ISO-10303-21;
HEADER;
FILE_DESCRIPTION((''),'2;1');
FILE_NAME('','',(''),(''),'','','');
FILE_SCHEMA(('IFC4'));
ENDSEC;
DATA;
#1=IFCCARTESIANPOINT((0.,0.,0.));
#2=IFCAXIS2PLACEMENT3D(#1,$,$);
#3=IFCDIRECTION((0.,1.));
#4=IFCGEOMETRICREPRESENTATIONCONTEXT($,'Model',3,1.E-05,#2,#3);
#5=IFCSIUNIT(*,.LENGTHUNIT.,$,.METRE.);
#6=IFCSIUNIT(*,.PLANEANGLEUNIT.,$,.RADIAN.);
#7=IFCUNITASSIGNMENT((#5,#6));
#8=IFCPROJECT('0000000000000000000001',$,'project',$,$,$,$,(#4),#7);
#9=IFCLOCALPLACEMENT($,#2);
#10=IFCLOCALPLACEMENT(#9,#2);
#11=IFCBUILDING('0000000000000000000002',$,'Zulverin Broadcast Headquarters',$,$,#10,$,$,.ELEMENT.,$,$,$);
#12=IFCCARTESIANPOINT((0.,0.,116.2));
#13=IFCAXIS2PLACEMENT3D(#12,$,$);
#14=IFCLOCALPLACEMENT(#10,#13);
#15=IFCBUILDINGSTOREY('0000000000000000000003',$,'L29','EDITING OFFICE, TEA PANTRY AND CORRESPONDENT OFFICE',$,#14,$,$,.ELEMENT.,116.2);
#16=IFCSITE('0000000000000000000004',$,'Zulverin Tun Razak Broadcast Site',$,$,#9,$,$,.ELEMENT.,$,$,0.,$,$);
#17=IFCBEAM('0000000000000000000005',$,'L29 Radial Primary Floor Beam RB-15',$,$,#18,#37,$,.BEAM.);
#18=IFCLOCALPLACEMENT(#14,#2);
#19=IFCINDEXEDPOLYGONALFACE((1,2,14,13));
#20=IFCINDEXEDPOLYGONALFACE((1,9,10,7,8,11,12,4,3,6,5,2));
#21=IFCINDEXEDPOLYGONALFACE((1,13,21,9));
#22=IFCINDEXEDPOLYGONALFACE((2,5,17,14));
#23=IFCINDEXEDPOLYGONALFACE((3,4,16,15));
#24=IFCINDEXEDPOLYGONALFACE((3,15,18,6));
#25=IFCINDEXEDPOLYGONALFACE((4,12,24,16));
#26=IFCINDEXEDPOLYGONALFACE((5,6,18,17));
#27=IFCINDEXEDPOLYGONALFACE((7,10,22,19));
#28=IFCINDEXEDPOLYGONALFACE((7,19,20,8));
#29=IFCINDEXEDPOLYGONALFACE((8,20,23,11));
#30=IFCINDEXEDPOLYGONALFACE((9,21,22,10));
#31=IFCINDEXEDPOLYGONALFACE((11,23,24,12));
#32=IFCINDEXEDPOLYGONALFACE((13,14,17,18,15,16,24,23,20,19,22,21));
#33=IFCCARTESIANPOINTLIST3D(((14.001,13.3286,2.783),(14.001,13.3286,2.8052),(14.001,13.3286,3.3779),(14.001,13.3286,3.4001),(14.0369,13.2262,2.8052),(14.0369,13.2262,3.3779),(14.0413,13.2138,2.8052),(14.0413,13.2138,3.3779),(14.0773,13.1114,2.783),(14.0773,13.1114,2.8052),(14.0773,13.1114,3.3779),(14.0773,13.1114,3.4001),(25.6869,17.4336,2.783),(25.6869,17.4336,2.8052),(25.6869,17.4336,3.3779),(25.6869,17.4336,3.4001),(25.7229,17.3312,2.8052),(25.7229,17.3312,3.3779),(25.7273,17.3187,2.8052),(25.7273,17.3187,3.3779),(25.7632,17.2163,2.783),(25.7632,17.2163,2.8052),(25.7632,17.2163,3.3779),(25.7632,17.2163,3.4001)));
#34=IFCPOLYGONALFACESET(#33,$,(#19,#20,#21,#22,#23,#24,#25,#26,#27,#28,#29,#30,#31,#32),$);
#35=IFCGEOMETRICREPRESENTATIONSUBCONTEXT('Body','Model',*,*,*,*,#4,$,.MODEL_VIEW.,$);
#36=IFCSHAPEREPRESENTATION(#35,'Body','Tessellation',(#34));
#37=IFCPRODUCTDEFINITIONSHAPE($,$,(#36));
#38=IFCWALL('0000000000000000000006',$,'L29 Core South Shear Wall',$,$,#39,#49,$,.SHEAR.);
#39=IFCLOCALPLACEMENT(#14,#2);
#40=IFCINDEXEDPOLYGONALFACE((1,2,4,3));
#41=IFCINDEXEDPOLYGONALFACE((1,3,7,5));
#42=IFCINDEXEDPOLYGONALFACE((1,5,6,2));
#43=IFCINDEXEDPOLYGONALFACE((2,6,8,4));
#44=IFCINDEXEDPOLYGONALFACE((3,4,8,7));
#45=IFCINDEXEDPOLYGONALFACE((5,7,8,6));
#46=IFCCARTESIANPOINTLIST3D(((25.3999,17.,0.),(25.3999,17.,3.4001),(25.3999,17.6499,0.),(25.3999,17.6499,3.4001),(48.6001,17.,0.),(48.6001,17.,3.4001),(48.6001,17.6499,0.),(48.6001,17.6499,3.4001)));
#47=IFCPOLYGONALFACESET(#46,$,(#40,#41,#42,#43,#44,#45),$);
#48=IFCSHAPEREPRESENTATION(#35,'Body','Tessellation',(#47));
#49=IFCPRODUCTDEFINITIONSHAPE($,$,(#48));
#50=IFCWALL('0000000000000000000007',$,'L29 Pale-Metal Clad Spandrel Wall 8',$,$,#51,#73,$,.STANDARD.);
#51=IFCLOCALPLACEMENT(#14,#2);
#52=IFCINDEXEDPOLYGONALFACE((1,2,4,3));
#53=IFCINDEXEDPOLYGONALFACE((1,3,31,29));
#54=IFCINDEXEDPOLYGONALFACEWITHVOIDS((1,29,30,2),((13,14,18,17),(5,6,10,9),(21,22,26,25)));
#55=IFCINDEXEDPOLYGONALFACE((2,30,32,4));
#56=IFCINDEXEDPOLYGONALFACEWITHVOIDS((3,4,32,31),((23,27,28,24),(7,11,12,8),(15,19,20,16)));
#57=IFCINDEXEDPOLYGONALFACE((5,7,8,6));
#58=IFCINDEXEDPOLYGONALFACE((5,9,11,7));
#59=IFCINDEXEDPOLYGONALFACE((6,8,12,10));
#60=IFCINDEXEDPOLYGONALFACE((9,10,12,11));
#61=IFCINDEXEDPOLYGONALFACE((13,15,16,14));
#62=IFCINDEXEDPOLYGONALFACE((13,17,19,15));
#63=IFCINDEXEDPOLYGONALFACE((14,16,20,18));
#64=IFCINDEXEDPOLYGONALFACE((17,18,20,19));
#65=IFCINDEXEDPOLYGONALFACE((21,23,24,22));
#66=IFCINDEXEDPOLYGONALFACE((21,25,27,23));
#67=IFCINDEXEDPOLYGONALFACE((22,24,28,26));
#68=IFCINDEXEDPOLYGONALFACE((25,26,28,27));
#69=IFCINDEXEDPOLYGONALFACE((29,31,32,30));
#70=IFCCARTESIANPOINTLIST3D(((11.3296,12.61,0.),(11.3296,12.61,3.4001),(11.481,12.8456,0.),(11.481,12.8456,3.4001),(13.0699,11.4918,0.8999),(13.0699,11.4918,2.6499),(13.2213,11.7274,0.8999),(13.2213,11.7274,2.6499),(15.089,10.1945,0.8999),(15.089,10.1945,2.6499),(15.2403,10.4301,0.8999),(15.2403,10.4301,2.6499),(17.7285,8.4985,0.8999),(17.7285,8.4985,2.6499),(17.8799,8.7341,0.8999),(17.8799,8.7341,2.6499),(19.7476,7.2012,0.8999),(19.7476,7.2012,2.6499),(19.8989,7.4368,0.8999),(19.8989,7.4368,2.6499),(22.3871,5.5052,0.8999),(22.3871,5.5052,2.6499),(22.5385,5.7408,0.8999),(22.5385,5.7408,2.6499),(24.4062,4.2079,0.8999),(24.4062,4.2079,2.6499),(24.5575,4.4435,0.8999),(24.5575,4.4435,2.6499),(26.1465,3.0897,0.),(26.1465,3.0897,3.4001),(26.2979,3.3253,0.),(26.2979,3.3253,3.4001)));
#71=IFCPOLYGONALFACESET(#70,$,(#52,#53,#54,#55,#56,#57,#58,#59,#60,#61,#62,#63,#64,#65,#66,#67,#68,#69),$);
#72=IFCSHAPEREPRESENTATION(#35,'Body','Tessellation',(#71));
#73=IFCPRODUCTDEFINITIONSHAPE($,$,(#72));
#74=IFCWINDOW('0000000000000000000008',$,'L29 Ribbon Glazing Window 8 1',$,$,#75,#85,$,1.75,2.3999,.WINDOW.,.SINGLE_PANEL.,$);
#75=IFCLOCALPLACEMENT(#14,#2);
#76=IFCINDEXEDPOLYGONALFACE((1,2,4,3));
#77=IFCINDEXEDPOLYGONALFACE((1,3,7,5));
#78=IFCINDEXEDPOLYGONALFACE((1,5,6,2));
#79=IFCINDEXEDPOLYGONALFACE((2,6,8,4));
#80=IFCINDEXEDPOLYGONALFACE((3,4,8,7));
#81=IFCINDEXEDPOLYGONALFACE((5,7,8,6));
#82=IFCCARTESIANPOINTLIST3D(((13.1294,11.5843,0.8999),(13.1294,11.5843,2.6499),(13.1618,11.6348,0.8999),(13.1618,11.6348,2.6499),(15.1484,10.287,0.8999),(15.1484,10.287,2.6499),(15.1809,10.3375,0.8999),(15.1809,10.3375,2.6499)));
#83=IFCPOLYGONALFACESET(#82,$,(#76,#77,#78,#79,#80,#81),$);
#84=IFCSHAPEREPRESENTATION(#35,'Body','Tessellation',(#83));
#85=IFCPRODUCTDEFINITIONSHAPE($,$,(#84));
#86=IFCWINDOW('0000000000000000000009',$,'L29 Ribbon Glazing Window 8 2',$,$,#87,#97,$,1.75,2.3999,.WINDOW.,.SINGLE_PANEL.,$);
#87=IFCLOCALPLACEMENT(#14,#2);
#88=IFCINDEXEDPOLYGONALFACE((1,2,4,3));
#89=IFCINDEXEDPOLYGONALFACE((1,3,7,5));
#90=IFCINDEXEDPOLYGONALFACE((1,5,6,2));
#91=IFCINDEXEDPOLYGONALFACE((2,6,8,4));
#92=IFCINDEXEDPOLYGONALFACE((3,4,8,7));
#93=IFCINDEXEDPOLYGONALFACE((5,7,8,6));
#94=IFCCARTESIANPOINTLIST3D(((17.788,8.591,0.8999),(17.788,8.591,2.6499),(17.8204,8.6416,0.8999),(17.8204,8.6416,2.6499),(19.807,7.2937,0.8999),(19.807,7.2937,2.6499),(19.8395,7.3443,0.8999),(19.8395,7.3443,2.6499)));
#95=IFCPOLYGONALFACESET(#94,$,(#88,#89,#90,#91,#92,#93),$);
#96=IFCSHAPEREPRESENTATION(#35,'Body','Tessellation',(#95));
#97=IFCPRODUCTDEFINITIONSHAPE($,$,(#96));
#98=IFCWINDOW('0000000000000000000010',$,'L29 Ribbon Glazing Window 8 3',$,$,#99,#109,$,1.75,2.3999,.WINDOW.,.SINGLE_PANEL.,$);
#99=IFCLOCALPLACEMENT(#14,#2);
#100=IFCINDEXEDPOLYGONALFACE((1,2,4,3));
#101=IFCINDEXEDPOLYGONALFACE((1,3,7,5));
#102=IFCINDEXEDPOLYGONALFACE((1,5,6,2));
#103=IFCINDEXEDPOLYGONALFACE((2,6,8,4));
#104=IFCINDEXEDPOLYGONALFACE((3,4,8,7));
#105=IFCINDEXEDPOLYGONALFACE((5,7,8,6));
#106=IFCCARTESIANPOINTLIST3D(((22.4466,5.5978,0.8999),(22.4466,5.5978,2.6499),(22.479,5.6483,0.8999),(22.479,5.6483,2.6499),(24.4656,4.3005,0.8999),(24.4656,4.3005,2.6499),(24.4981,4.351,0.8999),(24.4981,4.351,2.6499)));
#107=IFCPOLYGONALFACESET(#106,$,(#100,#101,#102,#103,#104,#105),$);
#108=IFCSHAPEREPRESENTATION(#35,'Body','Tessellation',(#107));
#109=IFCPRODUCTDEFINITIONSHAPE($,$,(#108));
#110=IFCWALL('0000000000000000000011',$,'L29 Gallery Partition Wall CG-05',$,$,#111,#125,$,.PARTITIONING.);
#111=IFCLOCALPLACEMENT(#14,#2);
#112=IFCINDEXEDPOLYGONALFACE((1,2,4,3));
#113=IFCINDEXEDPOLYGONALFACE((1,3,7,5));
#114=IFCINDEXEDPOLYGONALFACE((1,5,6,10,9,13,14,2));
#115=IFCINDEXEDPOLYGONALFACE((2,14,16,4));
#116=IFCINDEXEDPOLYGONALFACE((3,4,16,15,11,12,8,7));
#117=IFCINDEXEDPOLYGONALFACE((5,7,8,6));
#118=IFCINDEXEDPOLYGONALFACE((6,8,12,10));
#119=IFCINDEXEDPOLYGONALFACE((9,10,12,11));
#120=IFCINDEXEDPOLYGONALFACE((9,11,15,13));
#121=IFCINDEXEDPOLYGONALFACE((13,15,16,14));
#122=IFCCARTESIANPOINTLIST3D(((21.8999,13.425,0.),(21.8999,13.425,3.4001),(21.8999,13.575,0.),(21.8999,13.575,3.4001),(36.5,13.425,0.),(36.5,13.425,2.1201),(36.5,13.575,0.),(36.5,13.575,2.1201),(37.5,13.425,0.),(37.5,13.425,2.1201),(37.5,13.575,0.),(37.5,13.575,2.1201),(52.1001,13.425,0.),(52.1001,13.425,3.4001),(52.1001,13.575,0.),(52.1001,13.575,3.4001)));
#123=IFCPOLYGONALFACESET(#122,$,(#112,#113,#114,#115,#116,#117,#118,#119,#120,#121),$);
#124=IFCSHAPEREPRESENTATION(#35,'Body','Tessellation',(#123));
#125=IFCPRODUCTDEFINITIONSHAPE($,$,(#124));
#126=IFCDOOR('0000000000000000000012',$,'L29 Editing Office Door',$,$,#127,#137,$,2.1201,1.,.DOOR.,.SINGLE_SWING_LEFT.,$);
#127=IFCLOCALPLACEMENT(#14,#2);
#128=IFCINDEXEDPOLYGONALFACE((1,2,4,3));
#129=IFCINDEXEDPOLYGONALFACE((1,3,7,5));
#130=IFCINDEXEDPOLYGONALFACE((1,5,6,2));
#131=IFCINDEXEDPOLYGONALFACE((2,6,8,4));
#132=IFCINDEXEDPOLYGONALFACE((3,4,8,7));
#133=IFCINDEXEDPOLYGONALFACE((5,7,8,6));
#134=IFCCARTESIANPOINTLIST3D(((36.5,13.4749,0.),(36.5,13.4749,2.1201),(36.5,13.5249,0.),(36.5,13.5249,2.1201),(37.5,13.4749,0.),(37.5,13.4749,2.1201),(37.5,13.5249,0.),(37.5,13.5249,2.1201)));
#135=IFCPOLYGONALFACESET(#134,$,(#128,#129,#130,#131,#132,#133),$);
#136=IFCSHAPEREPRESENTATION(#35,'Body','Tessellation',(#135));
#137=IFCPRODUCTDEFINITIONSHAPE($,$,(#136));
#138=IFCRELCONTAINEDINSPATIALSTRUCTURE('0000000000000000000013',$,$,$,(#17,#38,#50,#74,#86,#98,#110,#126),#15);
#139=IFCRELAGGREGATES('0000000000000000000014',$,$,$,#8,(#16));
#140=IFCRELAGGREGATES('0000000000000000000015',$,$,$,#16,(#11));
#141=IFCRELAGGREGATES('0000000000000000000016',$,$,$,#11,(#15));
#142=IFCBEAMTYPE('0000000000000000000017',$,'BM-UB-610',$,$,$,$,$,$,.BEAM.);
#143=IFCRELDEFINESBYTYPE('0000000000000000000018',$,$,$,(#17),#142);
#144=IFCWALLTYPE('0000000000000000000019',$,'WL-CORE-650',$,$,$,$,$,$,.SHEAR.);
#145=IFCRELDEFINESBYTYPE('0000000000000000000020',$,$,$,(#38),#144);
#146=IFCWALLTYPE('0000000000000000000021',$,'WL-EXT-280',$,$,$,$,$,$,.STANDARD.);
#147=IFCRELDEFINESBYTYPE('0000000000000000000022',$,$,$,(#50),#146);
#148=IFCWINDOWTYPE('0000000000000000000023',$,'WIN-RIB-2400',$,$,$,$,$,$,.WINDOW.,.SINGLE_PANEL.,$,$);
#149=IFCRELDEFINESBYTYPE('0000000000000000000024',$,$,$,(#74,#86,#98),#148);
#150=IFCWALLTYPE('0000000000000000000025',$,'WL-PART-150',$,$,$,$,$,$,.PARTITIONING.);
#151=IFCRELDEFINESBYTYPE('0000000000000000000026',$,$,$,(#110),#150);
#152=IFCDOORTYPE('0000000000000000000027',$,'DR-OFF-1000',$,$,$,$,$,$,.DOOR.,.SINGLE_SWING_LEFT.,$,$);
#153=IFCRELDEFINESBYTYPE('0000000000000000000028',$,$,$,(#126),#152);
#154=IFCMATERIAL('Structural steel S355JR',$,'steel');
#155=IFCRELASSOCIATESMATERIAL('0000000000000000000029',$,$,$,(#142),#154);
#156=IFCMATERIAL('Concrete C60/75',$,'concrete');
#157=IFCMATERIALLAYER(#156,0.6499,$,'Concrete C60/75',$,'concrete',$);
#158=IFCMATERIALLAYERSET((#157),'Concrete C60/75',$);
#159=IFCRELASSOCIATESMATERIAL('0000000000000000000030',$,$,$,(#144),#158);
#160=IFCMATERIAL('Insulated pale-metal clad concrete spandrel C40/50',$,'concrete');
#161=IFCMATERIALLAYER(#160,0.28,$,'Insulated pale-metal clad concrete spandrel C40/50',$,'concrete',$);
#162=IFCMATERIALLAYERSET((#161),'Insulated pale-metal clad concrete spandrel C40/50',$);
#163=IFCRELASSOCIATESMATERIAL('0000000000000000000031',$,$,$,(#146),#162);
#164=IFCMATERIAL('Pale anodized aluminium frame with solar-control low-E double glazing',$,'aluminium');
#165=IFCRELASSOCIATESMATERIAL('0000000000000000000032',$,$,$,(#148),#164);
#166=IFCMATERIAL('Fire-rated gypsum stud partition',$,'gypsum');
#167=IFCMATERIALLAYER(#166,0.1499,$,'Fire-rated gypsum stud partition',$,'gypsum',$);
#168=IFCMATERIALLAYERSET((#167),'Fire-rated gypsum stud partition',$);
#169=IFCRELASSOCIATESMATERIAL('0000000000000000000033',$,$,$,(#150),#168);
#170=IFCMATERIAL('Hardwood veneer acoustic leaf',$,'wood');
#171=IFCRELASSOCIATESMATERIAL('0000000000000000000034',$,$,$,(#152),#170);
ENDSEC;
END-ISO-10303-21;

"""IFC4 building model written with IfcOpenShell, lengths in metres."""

from ifc_helpers import new_model, si_unit, direction, frame, frame_2d, origin, origin_2d, place, context, subcontext, project, spatial, rectangle, i_section, extrude, material, layer, layer_set, material_profile, profile_set, type_object, element, fill, save


model = new_model("IFC4")

# Units and contexts
model_context = context("Model", 3, precision=1e-05, world=origin(), true_north=direction((0.0, 1.0)))
body_context = subcontext(model_context, "Body", "Model", "MODEL_VIEW")
ifc_project = project(units=[si_unit("LENGTHUNIT", "METRE"), si_unit("PLANEANGLEUNIT", "RADIAN")], contexts=[model_context])

# Site, building, storey
site_placement = place(None, origin())
site = spatial("IfcSite", under=ifc_project, at=site_placement, Name="Zulverin Tun Razak Broadcast Site", CompositionType="ELEMENT", RefElevation=0.0)
building_placement = place(site_placement, origin())
building = spatial("IfcBuilding", under=site, at=building_placement, Name="Zulverin Broadcast Headquarters", CompositionType="ELEMENT")
storey_placement = place(building_placement, frame((0.0, 0.0, 116.2)))
storey = spatial("IfcBuildingStorey", under=building, at=storey_placement, Name="L29", Description="EDITING OFFICE, TEA PANTRY AND CORRESPONDENT OFFICE", CompositionType="ELEMENT", Elevation=116.2)

# Shared definitions
ifc_material_1 = material(Name="Concrete C60/75", Category="concrete")

# Beam
ifc_material_2 = material(Name="Structural steel S355JR", Category="steel")
ifc_material_profile_1 = material_profile(ifc_material_2, i_section(OverallWidth=0.2302, OverallDepth=0.6172, WebThickness=0.0132, FlangeThickness=0.0222, at=origin_2d()), Name="Structural steel S355JR", Category="steel")
ifc_profile_set_1 = profile_set([ifc_material_profile_1], Name="Structural steel S355JR")
beam_type_1 = type_object("IfcBeamType", Name="BM-UB-610", PredefinedType="BEAM", material=ifc_profile_set_1)
beam_1_placement = place(storey_placement, frame((25.7251, 17.325, 3.0916), z_axis=(-0.943483, -0.33142, 0.0), x_axis=(0.33142, -0.943483, 0.0)))
element("IfcBeam", 1, at=beam_1_placement, inside=storey, type_object=beam_type_1, Name="L29 Radial Primary Floor Beam RB-15", PredefinedType="BEAM", context=body_context, shape_type="SweptSolid", body=[
    extrude(i_section(OverallWidth=0.2302, OverallDepth=0.6172, WebThickness=0.0132, FlangeThickness=0.0222, at=origin_2d()), origin(), (0.0, 0.0, 1.0), 12.386),
])

# Wall
ifc_layer_1 = layer(ifc_material_1, 0.6499, Name="Concrete C60/75", Category="concrete")
ifc_layer_set_1 = layer_set([ifc_layer_1], Name="Concrete C60/75")
wall_type_1 = type_object("IfcWallType", Name="WL-CORE-650", PredefinedType="SHEAR", material=ifc_layer_set_1)
wall_1_placement = place(storey_placement, frame((25.3999, 17.325, 0.0), z_axis=(0.0, 0.0, 1.0), x_axis=(1.0, 0.0, 0.0)))
element("IfcWall", 2, at=wall_1_placement, inside=storey, type_object=wall_type_1, Name="L29 Core South Shear Wall", PredefinedType="SHEAR", context=body_context, shape_type="SweptSolid", body=[
    extrude(rectangle(XDim=23.2002, YDim=0.6499, at=frame_2d((11.6001, 0.0))), origin(), (0.0, 0.0, 1.0), 3.4001),
])

# Wall, openings, windows
ifc_material_3 = material(Name="Insulated pale-metal clad concrete spandrel C40/50", Category="concrete")
ifc_layer_2 = layer(ifc_material_3, 0.28, Name="Insulated pale-metal clad concrete spandrel C40/50", Category="concrete")
ifc_layer_set_2 = layer_set([ifc_layer_2], Name="Insulated pale-metal clad concrete spandrel C40/50")
wall_type_2 = type_object("IfcWallType", Name="WL-EXT-280", PredefinedType="STANDARD", material=ifc_layer_set_2)
wall_2_placement = place(storey_placement, frame((11.4053, 12.7278, 0.0), z_axis=(0.0, 0.0, 1.0), x_axis=(0.841305, -0.540561, 0.0)))
wall_2 = element("IfcWall", 3, at=wall_2_placement, inside=storey, type_object=wall_type_2, Name="L29 Pale-Metal Clad Spandrel Wall 8", PredefinedType="STANDARD", context=body_context, shape_type="SweptSolid", body=[
    extrude(rectangle(XDim=17.6118, YDim=0.28, at=frame_2d((8.8059, 0.0))), origin(), (0.0, 0.0, 1.0), 3.4001),
])
opening_1_placement = place(wall_2_placement, frame((2.0686, 0.0, 0.8999)))
opening_1 = element("IfcOpeningElement", 4, at=opening_1_placement, cuts=wall_2, PredefinedType="OPENING", context=body_context, shape_type="SweptSolid", body=[
    extrude(rectangle(XDim=2.3999, YDim=1.75, at=frame_2d((1.2, 0.875))), frame((0.0, 0.1499, 0.0), z_axis=(0.0, -1.0, 0.0), x_axis=(1.0, 0.0, 0.0)), (0.0, 0.0, 1.0), 0.3),
])
opening_2_placement = place(wall_2_placement, frame((7.606, 0.0, 0.8999)))
opening_2 = element("IfcOpeningElement", 5, at=opening_2_placement, cuts=wall_2, PredefinedType="OPENING", context=body_context, shape_type="SweptSolid", body=[
    extrude(rectangle(XDim=2.3999, YDim=1.75, at=frame_2d((1.2, 0.875))), frame((0.0, 0.1499, 0.0), z_axis=(0.0, -1.0, 0.0), x_axis=(1.0, 0.0, 0.0)), (0.0, 0.0, 1.0), 0.3),
])
opening_3_placement = place(wall_2_placement, frame((13.1433, 0.0, 0.8999)))
opening_3 = element("IfcOpeningElement", 6, at=opening_3_placement, cuts=wall_2, PredefinedType="OPENING", context=body_context, shape_type="SweptSolid", body=[
    extrude(rectangle(XDim=2.3999, YDim=1.75, at=frame_2d((1.2, 0.875))), frame((0.0, 0.1499, 0.0), z_axis=(0.0, -1.0, 0.0), x_axis=(1.0, 0.0, 0.0)), (0.0, 0.0, 1.0), 0.3),
])
ifc_material_4 = material(Name="Pale anodized aluminium frame with solar-control low-E double glazing", Category="aluminium")
window_type = type_object("IfcWindowType", Name="WIN-RIB-2400", PartitioningType="SINGLE_PANEL", PredefinedType="WINDOW", material=ifc_material_4)
window_1_placement = place(opening_1_placement, origin())
window_1 = element("IfcWindow", 7, at=window_1_placement, inside=storey, type_object=window_type, Name="L29 Ribbon Glazing Window 8 1", OverallHeight=1.75, OverallWidth=2.3999, PartitioningType="SINGLE_PANEL", PredefinedType="WINDOW", context=body_context, shape_type="SweptSolid", body=[
    extrude(rectangle(XDim=2.3999, YDim=1.75, at=frame_2d((1.2, 0.875))), frame((0.0, 0.03, 0.0), z_axis=(0.0, -1.0, 0.0), x_axis=(1.0, 0.0, 0.0)), (0.0, 0.0, 1.0), 0.0601),
])
fill(opening_1, window_1)
window_2_placement = place(opening_2_placement, origin())
window_2 = element("IfcWindow", 8, at=window_2_placement, inside=storey, type_object=window_type, Name="L29 Ribbon Glazing Window 8 2", OverallHeight=1.75, OverallWidth=2.3999, PartitioningType="SINGLE_PANEL", PredefinedType="WINDOW", context=body_context, shape_type="SweptSolid", body=[
    extrude(rectangle(XDim=2.3999, YDim=1.75, at=frame_2d((1.2, 0.875))), frame((0.0, 0.03, 0.0), z_axis=(0.0, -1.0, 0.0), x_axis=(1.0, 0.0, 0.0)), (0.0, 0.0, 1.0), 0.0601),
])
fill(opening_2, window_2)
window_3_placement = place(opening_3_placement, origin())
window_3 = element("IfcWindow", 9, at=window_3_placement, inside=storey, type_object=window_type, Name="L29 Ribbon Glazing Window 8 3", OverallHeight=1.75, OverallWidth=2.3999, PartitioningType="SINGLE_PANEL", PredefinedType="WINDOW", context=body_context, shape_type="SweptSolid", body=[
    extrude(rectangle(XDim=2.3999, YDim=1.75, at=frame_2d((1.2, 0.875))), frame((0.0, 0.03, 0.0), z_axis=(0.0, -1.0, 0.0), x_axis=(1.0, 0.0, 0.0)), (0.0, 0.0, 1.0), 0.0601),
])
fill(opening_3, window_3)

# Wall, opening, door
ifc_material_5 = material(Name="Fire-rated gypsum stud partition", Category="gypsum")
ifc_layer_3 = layer(ifc_material_5, 0.1499, Name="Fire-rated gypsum stud partition", Category="gypsum")
ifc_layer_set_3 = layer_set([ifc_layer_3], Name="Fire-rated gypsum stud partition")
wall_type_3 = type_object("IfcWallType", Name="WL-PART-150", PredefinedType="PARTITIONING", material=ifc_layer_set_3)
wall_3_placement = place(storey_placement, frame((21.8999, 13.5, 0.0), z_axis=(0.0, 0.0, 1.0), x_axis=(1.0, 0.0, 0.0)))
wall_3 = element("IfcWall", 10, at=wall_3_placement, inside=storey, type_object=wall_type_3, Name="L29 Gallery Partition Wall CG-05", PredefinedType="PARTITIONING", context=body_context, shape_type="SweptSolid", body=[
    extrude(rectangle(XDim=30.2002, YDim=0.1499, at=frame_2d((15.1001, 0.0))), origin(), (0.0, 0.0, 1.0), 3.4001),
])
opening_4_placement = place(wall_3_placement, frame((14.6001, 0.0, 0.0)))
opening_4 = element("IfcOpeningElement", 11, at=opening_4_placement, cuts=wall_3, PredefinedType="OPENING", context=body_context, shape_type="SweptSolid", body=[
    extrude(rectangle(XDim=1.0, YDim=2.1201, at=frame_2d((0.5, 1.0601))), frame((0.0, 0.085, 0.0), z_axis=(0.0, -1.0, 0.0), x_axis=(1.0, 0.0, 0.0)), (0.0, 0.0, 1.0), 0.1699),
])
ifc_material_6 = material(Name="Hardwood veneer acoustic leaf", Category="wood")
door_type_1 = type_object("IfcDoorType", Name="DR-OFF-1000", OperationType="SINGLE_SWING_LEFT", PredefinedType="DOOR", material=ifc_material_6)
door_1_placement = place(opening_4_placement, origin())
door_1 = element("IfcDoor", 12, at=door_1_placement, inside=storey, type_object=door_type_1, Name="L29 Editing Office Door", OperationType="SINGLE_SWING_LEFT", OverallHeight=2.1201, OverallWidth=1.0, PredefinedType="DOOR", context=body_context, shape_type="SweptSolid", body=[
    extrude(rectangle(XDim=1.0, YDim=2.1201, at=frame_2d((0.5, 1.0601))), frame((0.0, 0.0249, 0.0), z_axis=(0.0, -1.0, 0.0), x_axis=(1.0, 0.0, 0.0)), (0.0, 0.0, 1.0), 0.05),
])
fill(opening_4, door_1)

save(model, "model.ifc")
